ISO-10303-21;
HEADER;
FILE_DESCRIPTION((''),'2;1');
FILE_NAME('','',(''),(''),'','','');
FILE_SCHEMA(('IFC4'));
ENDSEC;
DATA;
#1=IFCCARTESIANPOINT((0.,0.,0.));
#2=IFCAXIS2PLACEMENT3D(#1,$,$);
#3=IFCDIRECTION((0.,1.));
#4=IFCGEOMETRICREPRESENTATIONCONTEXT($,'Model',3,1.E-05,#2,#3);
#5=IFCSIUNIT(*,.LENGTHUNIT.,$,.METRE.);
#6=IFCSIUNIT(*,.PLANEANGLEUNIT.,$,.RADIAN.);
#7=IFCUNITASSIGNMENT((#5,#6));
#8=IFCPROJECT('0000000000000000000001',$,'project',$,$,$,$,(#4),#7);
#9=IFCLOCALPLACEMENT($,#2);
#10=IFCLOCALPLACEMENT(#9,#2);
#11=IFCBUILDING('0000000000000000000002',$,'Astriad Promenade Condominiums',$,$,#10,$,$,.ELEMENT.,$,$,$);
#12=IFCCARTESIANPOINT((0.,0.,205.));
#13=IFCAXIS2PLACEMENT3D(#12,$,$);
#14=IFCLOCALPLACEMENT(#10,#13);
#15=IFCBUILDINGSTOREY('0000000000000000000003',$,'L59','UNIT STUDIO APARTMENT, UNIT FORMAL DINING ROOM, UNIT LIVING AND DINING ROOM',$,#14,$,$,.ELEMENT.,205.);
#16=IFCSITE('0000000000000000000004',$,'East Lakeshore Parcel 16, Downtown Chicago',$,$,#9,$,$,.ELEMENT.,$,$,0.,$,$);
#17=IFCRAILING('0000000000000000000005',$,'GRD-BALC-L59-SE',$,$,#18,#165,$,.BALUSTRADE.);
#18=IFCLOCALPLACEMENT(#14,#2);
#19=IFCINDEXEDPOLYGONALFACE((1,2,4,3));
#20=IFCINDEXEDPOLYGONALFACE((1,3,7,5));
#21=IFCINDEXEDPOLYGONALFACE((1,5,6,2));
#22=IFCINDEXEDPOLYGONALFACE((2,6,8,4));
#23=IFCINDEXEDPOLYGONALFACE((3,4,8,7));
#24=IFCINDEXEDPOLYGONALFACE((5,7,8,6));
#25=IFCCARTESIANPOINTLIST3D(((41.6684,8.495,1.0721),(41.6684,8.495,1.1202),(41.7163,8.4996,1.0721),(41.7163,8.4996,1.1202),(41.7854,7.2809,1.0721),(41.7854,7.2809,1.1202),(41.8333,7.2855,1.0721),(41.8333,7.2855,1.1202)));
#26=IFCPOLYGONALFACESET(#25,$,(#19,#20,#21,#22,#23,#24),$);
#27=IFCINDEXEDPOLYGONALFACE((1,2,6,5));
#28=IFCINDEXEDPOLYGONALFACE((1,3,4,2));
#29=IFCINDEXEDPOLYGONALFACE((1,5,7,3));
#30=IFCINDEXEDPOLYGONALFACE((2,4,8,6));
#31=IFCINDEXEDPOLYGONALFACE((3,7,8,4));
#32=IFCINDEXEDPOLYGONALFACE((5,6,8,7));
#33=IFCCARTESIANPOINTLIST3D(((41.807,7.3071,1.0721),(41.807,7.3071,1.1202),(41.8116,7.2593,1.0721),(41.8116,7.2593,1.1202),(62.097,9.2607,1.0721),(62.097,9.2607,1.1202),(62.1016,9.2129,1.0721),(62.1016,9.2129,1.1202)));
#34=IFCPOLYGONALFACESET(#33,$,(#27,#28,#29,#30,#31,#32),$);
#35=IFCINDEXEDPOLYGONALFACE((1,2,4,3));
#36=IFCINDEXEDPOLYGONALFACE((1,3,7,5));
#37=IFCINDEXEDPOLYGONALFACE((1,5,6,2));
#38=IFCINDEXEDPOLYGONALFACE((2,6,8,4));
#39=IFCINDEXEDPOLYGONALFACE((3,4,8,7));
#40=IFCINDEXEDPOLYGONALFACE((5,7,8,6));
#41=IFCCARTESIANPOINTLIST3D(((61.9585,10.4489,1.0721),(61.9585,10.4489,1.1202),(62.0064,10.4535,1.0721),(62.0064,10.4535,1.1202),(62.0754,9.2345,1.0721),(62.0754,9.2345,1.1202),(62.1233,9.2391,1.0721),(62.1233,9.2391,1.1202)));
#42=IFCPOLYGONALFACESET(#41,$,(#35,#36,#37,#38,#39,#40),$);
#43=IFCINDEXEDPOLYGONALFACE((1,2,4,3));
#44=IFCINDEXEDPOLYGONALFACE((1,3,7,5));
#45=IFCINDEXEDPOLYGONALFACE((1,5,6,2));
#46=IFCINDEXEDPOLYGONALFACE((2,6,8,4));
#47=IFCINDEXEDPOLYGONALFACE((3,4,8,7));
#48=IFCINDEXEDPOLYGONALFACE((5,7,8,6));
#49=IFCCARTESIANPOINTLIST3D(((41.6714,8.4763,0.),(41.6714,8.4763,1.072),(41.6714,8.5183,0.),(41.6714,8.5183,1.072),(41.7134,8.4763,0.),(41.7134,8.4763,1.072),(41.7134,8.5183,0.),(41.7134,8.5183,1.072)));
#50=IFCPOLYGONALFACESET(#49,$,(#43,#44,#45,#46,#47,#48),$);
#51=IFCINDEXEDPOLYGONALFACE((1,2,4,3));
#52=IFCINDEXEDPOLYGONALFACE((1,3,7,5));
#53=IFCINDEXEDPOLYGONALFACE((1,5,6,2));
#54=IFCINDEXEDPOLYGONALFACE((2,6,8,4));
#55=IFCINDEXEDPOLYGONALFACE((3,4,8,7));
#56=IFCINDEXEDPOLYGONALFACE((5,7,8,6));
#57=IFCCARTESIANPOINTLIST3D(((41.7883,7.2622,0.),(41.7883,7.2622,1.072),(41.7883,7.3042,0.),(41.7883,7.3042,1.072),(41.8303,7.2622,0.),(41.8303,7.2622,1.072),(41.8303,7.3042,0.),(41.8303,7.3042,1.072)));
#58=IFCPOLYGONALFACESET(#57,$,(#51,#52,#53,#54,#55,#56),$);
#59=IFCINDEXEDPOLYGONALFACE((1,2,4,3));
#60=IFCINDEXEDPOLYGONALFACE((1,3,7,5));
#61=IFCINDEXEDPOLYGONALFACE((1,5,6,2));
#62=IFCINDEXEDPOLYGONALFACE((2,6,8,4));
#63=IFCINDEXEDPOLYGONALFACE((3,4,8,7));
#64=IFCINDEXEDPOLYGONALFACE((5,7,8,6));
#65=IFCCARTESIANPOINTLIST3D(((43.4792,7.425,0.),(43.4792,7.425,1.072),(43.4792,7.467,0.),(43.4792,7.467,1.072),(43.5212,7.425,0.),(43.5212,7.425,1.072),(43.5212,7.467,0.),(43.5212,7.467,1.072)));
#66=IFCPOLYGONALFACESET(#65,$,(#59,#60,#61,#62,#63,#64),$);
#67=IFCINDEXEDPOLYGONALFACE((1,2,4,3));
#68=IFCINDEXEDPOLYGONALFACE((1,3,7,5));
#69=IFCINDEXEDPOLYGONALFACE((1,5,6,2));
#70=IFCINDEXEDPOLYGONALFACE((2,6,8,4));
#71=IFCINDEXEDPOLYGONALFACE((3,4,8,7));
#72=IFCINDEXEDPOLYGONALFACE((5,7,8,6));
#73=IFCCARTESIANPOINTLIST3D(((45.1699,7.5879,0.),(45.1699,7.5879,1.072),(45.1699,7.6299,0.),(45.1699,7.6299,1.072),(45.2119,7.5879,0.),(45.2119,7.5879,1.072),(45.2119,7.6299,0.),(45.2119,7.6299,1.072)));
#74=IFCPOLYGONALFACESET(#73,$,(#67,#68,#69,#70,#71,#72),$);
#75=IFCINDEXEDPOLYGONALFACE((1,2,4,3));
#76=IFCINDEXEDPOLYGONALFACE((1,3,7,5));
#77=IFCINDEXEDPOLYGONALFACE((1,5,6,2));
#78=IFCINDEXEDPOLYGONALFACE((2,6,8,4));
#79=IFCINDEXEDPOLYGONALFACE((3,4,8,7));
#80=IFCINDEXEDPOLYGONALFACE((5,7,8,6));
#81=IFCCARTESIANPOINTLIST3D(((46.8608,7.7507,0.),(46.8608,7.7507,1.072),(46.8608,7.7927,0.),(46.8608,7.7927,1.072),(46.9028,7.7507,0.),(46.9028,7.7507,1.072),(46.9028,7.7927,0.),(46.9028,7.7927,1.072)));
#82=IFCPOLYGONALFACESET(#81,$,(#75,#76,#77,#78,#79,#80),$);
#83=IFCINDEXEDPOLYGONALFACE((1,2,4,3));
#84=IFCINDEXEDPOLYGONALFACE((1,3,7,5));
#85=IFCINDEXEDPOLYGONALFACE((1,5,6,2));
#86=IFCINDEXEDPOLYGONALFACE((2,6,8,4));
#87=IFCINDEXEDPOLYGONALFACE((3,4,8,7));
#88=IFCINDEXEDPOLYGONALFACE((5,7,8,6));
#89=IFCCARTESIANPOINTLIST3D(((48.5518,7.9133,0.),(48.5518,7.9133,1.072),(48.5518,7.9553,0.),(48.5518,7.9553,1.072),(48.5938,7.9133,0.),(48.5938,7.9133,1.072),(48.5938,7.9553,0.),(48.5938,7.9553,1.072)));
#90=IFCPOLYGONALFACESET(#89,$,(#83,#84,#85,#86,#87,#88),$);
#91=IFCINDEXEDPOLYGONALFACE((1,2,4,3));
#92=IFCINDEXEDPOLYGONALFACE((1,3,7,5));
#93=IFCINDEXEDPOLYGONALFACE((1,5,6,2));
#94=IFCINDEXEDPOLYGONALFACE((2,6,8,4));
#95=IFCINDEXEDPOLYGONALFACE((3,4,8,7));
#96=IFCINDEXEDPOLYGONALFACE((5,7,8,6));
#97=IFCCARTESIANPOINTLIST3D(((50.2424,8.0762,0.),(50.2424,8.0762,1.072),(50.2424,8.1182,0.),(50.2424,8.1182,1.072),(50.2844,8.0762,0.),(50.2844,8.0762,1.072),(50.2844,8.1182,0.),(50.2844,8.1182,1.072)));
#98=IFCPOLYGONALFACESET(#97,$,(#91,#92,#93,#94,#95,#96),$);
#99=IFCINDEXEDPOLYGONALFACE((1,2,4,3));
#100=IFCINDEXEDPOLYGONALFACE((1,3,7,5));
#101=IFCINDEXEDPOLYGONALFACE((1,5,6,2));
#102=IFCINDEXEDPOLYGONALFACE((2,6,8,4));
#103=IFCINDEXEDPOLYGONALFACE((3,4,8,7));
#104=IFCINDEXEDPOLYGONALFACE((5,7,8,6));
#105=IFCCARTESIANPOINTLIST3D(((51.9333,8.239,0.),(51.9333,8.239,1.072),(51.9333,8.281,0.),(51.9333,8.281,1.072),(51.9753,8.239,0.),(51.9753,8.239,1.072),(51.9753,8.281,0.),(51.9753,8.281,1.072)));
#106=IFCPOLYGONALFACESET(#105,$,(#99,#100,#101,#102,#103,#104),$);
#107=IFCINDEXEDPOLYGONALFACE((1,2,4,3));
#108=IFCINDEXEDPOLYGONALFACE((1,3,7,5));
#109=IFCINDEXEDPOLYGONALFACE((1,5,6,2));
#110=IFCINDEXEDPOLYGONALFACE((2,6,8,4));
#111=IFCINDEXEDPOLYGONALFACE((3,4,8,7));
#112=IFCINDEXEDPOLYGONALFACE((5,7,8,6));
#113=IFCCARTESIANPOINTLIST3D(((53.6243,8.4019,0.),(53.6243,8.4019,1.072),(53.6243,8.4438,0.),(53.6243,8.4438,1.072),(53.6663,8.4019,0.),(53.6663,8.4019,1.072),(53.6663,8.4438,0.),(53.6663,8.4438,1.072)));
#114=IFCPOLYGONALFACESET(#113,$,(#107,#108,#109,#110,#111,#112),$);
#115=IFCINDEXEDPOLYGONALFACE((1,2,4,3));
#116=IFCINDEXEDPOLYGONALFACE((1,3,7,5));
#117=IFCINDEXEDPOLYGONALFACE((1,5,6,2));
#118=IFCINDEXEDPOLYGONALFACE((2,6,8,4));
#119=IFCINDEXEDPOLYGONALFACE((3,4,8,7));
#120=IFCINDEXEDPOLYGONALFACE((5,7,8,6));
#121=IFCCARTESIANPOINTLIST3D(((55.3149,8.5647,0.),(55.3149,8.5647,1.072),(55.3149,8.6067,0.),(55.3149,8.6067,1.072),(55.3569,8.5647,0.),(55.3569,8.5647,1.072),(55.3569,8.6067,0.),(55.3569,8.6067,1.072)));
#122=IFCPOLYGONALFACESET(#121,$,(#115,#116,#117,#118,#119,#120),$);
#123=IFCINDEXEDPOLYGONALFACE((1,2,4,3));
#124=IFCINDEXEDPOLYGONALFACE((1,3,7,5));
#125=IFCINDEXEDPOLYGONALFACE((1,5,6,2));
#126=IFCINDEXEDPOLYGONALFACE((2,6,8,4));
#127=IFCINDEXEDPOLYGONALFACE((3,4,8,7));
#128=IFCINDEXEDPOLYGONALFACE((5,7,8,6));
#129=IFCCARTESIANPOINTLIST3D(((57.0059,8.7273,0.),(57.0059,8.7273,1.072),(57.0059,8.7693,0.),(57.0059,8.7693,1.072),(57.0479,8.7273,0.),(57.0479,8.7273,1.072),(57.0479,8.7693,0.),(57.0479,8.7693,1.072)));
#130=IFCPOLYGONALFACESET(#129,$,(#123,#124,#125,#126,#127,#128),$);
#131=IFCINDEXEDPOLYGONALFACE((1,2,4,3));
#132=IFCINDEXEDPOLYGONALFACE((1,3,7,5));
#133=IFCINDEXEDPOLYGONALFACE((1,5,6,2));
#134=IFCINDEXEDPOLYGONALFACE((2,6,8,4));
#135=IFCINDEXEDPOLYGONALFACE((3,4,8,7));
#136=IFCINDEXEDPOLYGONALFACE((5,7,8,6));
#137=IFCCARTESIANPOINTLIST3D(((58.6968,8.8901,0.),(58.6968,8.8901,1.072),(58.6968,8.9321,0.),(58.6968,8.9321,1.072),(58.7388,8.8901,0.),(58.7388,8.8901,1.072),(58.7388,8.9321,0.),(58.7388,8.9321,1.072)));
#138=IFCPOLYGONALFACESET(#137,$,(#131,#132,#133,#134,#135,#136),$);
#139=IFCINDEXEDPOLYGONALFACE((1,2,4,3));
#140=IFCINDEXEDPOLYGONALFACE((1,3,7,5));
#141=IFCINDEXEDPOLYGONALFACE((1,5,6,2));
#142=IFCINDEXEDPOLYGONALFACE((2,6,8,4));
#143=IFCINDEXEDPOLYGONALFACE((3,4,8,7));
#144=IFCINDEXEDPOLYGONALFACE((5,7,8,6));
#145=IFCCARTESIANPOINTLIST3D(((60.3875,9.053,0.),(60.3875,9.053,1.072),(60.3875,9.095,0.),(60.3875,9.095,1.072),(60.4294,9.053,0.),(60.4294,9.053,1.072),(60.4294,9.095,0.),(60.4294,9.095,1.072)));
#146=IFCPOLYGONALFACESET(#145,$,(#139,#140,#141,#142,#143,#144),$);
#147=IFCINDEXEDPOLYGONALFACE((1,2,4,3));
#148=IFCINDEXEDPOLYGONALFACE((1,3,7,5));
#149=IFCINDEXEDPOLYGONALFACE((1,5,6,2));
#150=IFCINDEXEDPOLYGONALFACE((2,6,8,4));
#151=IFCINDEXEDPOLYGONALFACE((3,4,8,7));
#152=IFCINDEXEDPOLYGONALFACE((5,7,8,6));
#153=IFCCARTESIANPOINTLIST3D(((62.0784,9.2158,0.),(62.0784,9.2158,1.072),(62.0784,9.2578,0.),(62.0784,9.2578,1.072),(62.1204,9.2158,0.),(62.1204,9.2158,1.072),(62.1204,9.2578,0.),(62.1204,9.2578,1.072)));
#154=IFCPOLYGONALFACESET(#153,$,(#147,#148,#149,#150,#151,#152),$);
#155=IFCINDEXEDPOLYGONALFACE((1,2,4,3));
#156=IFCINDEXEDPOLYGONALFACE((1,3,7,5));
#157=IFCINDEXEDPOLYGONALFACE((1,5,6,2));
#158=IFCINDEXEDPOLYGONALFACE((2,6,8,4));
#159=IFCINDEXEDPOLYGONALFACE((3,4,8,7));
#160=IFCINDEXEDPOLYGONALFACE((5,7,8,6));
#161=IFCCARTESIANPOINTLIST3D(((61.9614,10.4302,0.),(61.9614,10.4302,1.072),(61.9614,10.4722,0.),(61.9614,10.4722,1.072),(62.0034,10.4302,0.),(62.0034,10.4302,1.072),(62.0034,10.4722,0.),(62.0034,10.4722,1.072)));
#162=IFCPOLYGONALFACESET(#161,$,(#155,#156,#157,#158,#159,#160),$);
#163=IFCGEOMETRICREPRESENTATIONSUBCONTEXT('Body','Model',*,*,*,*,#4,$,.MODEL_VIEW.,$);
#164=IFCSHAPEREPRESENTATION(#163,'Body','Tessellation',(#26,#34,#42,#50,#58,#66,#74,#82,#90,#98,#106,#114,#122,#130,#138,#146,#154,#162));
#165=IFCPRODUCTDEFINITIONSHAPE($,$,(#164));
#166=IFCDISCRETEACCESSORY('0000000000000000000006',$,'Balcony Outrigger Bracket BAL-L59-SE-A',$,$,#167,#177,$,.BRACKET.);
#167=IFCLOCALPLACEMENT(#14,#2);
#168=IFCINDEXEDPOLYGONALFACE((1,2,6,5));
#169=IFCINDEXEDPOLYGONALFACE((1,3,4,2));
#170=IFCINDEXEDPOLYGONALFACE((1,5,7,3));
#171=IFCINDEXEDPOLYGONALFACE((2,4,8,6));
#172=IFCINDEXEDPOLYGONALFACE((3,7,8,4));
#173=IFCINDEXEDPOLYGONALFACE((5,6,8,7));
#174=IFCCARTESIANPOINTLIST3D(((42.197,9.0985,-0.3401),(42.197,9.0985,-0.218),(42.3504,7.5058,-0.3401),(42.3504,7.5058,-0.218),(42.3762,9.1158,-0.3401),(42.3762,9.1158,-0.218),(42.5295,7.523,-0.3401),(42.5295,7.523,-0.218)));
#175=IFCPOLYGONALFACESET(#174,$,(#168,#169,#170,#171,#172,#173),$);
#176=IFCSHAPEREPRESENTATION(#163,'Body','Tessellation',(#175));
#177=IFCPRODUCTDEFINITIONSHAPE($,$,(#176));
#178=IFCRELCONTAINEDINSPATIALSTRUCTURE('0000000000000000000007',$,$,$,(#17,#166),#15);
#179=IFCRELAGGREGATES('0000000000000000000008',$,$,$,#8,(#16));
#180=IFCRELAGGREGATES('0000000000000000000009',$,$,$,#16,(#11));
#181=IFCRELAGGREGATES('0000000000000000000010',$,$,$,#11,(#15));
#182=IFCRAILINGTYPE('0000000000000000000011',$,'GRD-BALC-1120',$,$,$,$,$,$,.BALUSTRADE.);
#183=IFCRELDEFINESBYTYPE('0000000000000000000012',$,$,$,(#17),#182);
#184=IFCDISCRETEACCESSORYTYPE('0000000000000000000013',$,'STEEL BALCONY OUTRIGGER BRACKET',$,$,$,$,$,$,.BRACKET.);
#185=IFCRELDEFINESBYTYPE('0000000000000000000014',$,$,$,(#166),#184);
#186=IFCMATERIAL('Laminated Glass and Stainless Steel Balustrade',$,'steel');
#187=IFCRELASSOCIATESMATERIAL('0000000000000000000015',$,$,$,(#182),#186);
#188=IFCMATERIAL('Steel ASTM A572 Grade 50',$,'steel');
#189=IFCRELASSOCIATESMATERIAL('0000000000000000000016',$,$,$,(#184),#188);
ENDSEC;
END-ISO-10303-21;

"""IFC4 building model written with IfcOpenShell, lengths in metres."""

from ifc_helpers import new_model, si_unit, direction, frame, origin, origin_2d, place, context, subcontext, project, spatial, rectangle, extrude, source, transform, mapped, material, type_object, type_shapes, element, save


model = new_model("IFC4")

# Units and contexts
model_context = context("Model", 3, precision=1e-05, world=origin(), true_north=direction((0.0, 1.0)))
body_context = subcontext(model_context, "Body", "Model", "MODEL_VIEW")
ifc_project = project(units=[si_unit("LENGTHUNIT", "METRE"), si_unit("PLANEANGLEUNIT", "RADIAN")], contexts=[model_context])

# Site, building, storey
site_placement = place(None, origin())
site = spatial("IfcSite", under=ifc_project, at=site_placement, Name="East Lakeshore Parcel 16, Downtown Chicago", CompositionType="ELEMENT", RefElevation=0.0)
building_placement = place(site_placement, origin())
building = spatial("IfcBuilding", under=site, at=building_placement, Name="Astriad Promenade Condominiums", CompositionType="ELEMENT")
storey_placement = place(building_placement, frame((0.0, 0.0, 205.0)))
storey = spatial("IfcBuildingStorey", under=building, at=storey_placement, Name="L59", Description="UNIT STUDIO APARTMENT, UNIT FORMAL DINING ROOM, UNIT LIVING AND DINING ROOM", CompositionType="ELEMENT", Elevation=205.0)

# Railing
ifc_material_1 = material(Name="Laminated Glass and Stainless Steel Balustrade", Category="steel")
railing_type = type_object("IfcRailingType", Name="GRD-BALC-1120", PredefinedType="BALUSTRADE", material=ifc_material_1)
shared_shape_1 = source(origin(), body_context, "Body", "SweptSolid", [
    extrude(rectangle(XDim=0.0481, YDim=0.0481, at=origin_2d()), frame((0.0, 0.0, 1.0962), z_axis=(0.095876, -0.995393, 0.0), x_axis=(0.995393, 0.095876, 0.0)), (0.0, 0.0, 1.0), 1.2197),
    extrude(rectangle(XDim=0.0481, YDim=0.0481, at=origin_2d()), frame((0.1169, -1.2141, 1.0962), z_axis=(0.995397, 0.095841, 0.0), x_axis=(-0.095841, 0.995397, 0.0)), (0.0, 0.0, 1.0), 20.3838),
    extrude(rectangle(XDim=0.0481, YDim=0.0481, at=origin_2d()), frame((20.407, 0.7395, 1.0962), z_axis=(-0.095857, 0.995395, 0.0), x_axis=(-0.995395, -0.095857, 0.0)), (0.0, 0.0, 1.0), 1.22),
    extrude(rectangle(XDim=0.042, YDim=0.042, at=origin_2d()), origin(), (0.0, 0.0, 1.0), 1.072),
    extrude(rectangle(XDim=0.042, YDim=0.042, at=origin_2d()), frame((0.1169, -1.2141, 0.0)), (0.0, 0.0, 1.0), 1.072),
    extrude(rectangle(XDim=0.042, YDim=0.042, at=origin_2d()), frame((1.8079, -1.0513, 0.0)), (0.0, 0.0, 1.0), 1.072),
    extrude(rectangle(XDim=0.042, YDim=0.042, at=origin_2d()), frame((3.4985, -0.8884, 0.0)), (0.0, 0.0, 1.0), 1.072),
    extrude(rectangle(XDim=0.042, YDim=0.042, at=origin_2d()), frame((5.1895, -0.7256, 0.0)), (0.0, 0.0, 1.0), 1.072),
    extrude(rectangle(XDim=0.042, YDim=0.042, at=origin_2d()), frame((6.8804, -0.563, 0.0)), (0.0, 0.0, 1.0), 1.072),
    extrude(rectangle(XDim=0.042, YDim=0.042, at=origin_2d()), frame((8.571, -0.4001, 0.0)), (0.0, 0.0, 1.0), 1.072),
    extrude(rectangle(XDim=0.042, YDim=0.042, at=origin_2d()), frame((10.262, -0.2373, 0.0)), (0.0, 0.0, 1.0), 1.072),
    extrude(rectangle(XDim=0.042, YDim=0.042, at=origin_2d()), frame((11.9529, -0.0745, 0.0)), (0.0, 0.0, 1.0), 1.072),
    extrude(rectangle(XDim=0.042, YDim=0.042, at=origin_2d()), frame((13.6436, 0.0884, 0.0)), (0.0, 0.0, 1.0), 1.072),
    extrude(rectangle(XDim=0.042, YDim=0.042, at=origin_2d()), frame((15.3345, 0.251, 0.0)), (0.0, 0.0, 1.0), 1.072),
    extrude(rectangle(XDim=0.042, YDim=0.042, at=origin_2d()), frame((17.0254, 0.4138, 0.0)), (0.0, 0.0, 1.0), 1.072),
    extrude(rectangle(XDim=0.042, YDim=0.042, at=origin_2d()), frame((18.7161, 0.5767, 0.0)), (0.0, 0.0, 1.0), 1.072),
    extrude(rectangle(XDim=0.042, YDim=0.042, at=origin_2d()), frame((20.407, 0.7395, 0.0)), (0.0, 0.0, 1.0), 1.072),
    extrude(rectangle(XDim=0.042, YDim=0.042, at=origin_2d()), frame((20.29, 1.9539, 0.0)), (0.0, 0.0, 1.0), 1.072),
])
type_shapes(railing_type, [shared_shape_1])
railing_placement = place(storey_placement, frame((41.6924, 8.4973, 0.0)))
element("IfcRailing", 1, at=railing_placement, inside=storey, type_object=railing_type, Name="GRD-BALC-L59-SE", PredefinedType="BALUSTRADE", context=body_context, shape_type="MappedRepresentation", body=[
    mapped(shared_shape_1, transform((0.0, 0.0, 0.0), scale=1.0)),
])

# Discrete accessory
ifc_material_2 = material(Name="Steel ASTM A572 Grade 50", Category="steel")
discrete_accessory_type = type_object("IfcDiscreteAccessoryType", Name="STEEL BALCONY OUTRIGGER BRACKET", PredefinedType="BRACKET", material=ifc_material_2)
shared_shape_2 = source(origin(), body_context, "Body", "SweptSolid", [
    extrude(rectangle(XDim=1.6001, YDim=0.1799, at=origin_2d()), origin(), (0.0, 0.0, 1.0), 0.1221),
])
type_shapes(discrete_accessory_type, [shared_shape_2])
discrete_accessory_placement = place(storey_placement, frame((42.3633, 8.3108, -0.3401), z_axis=(0.0, 0.0, 1.0), x_axis=(0.095846, -0.995396, 0.0)))
element("IfcDiscreteAccessory", 2, at=discrete_accessory_placement, inside=storey, type_object=discrete_accessory_type, Name="Balcony Outrigger Bracket BAL-L59-SE-A", PredefinedType="BRACKET", context=body_context, shape_type="MappedRepresentation", body=[
    mapped(shared_shape_2, transform((0.0, 0.0, 0.0), scale=1.0)),
])

save(model, "model.ifc")
